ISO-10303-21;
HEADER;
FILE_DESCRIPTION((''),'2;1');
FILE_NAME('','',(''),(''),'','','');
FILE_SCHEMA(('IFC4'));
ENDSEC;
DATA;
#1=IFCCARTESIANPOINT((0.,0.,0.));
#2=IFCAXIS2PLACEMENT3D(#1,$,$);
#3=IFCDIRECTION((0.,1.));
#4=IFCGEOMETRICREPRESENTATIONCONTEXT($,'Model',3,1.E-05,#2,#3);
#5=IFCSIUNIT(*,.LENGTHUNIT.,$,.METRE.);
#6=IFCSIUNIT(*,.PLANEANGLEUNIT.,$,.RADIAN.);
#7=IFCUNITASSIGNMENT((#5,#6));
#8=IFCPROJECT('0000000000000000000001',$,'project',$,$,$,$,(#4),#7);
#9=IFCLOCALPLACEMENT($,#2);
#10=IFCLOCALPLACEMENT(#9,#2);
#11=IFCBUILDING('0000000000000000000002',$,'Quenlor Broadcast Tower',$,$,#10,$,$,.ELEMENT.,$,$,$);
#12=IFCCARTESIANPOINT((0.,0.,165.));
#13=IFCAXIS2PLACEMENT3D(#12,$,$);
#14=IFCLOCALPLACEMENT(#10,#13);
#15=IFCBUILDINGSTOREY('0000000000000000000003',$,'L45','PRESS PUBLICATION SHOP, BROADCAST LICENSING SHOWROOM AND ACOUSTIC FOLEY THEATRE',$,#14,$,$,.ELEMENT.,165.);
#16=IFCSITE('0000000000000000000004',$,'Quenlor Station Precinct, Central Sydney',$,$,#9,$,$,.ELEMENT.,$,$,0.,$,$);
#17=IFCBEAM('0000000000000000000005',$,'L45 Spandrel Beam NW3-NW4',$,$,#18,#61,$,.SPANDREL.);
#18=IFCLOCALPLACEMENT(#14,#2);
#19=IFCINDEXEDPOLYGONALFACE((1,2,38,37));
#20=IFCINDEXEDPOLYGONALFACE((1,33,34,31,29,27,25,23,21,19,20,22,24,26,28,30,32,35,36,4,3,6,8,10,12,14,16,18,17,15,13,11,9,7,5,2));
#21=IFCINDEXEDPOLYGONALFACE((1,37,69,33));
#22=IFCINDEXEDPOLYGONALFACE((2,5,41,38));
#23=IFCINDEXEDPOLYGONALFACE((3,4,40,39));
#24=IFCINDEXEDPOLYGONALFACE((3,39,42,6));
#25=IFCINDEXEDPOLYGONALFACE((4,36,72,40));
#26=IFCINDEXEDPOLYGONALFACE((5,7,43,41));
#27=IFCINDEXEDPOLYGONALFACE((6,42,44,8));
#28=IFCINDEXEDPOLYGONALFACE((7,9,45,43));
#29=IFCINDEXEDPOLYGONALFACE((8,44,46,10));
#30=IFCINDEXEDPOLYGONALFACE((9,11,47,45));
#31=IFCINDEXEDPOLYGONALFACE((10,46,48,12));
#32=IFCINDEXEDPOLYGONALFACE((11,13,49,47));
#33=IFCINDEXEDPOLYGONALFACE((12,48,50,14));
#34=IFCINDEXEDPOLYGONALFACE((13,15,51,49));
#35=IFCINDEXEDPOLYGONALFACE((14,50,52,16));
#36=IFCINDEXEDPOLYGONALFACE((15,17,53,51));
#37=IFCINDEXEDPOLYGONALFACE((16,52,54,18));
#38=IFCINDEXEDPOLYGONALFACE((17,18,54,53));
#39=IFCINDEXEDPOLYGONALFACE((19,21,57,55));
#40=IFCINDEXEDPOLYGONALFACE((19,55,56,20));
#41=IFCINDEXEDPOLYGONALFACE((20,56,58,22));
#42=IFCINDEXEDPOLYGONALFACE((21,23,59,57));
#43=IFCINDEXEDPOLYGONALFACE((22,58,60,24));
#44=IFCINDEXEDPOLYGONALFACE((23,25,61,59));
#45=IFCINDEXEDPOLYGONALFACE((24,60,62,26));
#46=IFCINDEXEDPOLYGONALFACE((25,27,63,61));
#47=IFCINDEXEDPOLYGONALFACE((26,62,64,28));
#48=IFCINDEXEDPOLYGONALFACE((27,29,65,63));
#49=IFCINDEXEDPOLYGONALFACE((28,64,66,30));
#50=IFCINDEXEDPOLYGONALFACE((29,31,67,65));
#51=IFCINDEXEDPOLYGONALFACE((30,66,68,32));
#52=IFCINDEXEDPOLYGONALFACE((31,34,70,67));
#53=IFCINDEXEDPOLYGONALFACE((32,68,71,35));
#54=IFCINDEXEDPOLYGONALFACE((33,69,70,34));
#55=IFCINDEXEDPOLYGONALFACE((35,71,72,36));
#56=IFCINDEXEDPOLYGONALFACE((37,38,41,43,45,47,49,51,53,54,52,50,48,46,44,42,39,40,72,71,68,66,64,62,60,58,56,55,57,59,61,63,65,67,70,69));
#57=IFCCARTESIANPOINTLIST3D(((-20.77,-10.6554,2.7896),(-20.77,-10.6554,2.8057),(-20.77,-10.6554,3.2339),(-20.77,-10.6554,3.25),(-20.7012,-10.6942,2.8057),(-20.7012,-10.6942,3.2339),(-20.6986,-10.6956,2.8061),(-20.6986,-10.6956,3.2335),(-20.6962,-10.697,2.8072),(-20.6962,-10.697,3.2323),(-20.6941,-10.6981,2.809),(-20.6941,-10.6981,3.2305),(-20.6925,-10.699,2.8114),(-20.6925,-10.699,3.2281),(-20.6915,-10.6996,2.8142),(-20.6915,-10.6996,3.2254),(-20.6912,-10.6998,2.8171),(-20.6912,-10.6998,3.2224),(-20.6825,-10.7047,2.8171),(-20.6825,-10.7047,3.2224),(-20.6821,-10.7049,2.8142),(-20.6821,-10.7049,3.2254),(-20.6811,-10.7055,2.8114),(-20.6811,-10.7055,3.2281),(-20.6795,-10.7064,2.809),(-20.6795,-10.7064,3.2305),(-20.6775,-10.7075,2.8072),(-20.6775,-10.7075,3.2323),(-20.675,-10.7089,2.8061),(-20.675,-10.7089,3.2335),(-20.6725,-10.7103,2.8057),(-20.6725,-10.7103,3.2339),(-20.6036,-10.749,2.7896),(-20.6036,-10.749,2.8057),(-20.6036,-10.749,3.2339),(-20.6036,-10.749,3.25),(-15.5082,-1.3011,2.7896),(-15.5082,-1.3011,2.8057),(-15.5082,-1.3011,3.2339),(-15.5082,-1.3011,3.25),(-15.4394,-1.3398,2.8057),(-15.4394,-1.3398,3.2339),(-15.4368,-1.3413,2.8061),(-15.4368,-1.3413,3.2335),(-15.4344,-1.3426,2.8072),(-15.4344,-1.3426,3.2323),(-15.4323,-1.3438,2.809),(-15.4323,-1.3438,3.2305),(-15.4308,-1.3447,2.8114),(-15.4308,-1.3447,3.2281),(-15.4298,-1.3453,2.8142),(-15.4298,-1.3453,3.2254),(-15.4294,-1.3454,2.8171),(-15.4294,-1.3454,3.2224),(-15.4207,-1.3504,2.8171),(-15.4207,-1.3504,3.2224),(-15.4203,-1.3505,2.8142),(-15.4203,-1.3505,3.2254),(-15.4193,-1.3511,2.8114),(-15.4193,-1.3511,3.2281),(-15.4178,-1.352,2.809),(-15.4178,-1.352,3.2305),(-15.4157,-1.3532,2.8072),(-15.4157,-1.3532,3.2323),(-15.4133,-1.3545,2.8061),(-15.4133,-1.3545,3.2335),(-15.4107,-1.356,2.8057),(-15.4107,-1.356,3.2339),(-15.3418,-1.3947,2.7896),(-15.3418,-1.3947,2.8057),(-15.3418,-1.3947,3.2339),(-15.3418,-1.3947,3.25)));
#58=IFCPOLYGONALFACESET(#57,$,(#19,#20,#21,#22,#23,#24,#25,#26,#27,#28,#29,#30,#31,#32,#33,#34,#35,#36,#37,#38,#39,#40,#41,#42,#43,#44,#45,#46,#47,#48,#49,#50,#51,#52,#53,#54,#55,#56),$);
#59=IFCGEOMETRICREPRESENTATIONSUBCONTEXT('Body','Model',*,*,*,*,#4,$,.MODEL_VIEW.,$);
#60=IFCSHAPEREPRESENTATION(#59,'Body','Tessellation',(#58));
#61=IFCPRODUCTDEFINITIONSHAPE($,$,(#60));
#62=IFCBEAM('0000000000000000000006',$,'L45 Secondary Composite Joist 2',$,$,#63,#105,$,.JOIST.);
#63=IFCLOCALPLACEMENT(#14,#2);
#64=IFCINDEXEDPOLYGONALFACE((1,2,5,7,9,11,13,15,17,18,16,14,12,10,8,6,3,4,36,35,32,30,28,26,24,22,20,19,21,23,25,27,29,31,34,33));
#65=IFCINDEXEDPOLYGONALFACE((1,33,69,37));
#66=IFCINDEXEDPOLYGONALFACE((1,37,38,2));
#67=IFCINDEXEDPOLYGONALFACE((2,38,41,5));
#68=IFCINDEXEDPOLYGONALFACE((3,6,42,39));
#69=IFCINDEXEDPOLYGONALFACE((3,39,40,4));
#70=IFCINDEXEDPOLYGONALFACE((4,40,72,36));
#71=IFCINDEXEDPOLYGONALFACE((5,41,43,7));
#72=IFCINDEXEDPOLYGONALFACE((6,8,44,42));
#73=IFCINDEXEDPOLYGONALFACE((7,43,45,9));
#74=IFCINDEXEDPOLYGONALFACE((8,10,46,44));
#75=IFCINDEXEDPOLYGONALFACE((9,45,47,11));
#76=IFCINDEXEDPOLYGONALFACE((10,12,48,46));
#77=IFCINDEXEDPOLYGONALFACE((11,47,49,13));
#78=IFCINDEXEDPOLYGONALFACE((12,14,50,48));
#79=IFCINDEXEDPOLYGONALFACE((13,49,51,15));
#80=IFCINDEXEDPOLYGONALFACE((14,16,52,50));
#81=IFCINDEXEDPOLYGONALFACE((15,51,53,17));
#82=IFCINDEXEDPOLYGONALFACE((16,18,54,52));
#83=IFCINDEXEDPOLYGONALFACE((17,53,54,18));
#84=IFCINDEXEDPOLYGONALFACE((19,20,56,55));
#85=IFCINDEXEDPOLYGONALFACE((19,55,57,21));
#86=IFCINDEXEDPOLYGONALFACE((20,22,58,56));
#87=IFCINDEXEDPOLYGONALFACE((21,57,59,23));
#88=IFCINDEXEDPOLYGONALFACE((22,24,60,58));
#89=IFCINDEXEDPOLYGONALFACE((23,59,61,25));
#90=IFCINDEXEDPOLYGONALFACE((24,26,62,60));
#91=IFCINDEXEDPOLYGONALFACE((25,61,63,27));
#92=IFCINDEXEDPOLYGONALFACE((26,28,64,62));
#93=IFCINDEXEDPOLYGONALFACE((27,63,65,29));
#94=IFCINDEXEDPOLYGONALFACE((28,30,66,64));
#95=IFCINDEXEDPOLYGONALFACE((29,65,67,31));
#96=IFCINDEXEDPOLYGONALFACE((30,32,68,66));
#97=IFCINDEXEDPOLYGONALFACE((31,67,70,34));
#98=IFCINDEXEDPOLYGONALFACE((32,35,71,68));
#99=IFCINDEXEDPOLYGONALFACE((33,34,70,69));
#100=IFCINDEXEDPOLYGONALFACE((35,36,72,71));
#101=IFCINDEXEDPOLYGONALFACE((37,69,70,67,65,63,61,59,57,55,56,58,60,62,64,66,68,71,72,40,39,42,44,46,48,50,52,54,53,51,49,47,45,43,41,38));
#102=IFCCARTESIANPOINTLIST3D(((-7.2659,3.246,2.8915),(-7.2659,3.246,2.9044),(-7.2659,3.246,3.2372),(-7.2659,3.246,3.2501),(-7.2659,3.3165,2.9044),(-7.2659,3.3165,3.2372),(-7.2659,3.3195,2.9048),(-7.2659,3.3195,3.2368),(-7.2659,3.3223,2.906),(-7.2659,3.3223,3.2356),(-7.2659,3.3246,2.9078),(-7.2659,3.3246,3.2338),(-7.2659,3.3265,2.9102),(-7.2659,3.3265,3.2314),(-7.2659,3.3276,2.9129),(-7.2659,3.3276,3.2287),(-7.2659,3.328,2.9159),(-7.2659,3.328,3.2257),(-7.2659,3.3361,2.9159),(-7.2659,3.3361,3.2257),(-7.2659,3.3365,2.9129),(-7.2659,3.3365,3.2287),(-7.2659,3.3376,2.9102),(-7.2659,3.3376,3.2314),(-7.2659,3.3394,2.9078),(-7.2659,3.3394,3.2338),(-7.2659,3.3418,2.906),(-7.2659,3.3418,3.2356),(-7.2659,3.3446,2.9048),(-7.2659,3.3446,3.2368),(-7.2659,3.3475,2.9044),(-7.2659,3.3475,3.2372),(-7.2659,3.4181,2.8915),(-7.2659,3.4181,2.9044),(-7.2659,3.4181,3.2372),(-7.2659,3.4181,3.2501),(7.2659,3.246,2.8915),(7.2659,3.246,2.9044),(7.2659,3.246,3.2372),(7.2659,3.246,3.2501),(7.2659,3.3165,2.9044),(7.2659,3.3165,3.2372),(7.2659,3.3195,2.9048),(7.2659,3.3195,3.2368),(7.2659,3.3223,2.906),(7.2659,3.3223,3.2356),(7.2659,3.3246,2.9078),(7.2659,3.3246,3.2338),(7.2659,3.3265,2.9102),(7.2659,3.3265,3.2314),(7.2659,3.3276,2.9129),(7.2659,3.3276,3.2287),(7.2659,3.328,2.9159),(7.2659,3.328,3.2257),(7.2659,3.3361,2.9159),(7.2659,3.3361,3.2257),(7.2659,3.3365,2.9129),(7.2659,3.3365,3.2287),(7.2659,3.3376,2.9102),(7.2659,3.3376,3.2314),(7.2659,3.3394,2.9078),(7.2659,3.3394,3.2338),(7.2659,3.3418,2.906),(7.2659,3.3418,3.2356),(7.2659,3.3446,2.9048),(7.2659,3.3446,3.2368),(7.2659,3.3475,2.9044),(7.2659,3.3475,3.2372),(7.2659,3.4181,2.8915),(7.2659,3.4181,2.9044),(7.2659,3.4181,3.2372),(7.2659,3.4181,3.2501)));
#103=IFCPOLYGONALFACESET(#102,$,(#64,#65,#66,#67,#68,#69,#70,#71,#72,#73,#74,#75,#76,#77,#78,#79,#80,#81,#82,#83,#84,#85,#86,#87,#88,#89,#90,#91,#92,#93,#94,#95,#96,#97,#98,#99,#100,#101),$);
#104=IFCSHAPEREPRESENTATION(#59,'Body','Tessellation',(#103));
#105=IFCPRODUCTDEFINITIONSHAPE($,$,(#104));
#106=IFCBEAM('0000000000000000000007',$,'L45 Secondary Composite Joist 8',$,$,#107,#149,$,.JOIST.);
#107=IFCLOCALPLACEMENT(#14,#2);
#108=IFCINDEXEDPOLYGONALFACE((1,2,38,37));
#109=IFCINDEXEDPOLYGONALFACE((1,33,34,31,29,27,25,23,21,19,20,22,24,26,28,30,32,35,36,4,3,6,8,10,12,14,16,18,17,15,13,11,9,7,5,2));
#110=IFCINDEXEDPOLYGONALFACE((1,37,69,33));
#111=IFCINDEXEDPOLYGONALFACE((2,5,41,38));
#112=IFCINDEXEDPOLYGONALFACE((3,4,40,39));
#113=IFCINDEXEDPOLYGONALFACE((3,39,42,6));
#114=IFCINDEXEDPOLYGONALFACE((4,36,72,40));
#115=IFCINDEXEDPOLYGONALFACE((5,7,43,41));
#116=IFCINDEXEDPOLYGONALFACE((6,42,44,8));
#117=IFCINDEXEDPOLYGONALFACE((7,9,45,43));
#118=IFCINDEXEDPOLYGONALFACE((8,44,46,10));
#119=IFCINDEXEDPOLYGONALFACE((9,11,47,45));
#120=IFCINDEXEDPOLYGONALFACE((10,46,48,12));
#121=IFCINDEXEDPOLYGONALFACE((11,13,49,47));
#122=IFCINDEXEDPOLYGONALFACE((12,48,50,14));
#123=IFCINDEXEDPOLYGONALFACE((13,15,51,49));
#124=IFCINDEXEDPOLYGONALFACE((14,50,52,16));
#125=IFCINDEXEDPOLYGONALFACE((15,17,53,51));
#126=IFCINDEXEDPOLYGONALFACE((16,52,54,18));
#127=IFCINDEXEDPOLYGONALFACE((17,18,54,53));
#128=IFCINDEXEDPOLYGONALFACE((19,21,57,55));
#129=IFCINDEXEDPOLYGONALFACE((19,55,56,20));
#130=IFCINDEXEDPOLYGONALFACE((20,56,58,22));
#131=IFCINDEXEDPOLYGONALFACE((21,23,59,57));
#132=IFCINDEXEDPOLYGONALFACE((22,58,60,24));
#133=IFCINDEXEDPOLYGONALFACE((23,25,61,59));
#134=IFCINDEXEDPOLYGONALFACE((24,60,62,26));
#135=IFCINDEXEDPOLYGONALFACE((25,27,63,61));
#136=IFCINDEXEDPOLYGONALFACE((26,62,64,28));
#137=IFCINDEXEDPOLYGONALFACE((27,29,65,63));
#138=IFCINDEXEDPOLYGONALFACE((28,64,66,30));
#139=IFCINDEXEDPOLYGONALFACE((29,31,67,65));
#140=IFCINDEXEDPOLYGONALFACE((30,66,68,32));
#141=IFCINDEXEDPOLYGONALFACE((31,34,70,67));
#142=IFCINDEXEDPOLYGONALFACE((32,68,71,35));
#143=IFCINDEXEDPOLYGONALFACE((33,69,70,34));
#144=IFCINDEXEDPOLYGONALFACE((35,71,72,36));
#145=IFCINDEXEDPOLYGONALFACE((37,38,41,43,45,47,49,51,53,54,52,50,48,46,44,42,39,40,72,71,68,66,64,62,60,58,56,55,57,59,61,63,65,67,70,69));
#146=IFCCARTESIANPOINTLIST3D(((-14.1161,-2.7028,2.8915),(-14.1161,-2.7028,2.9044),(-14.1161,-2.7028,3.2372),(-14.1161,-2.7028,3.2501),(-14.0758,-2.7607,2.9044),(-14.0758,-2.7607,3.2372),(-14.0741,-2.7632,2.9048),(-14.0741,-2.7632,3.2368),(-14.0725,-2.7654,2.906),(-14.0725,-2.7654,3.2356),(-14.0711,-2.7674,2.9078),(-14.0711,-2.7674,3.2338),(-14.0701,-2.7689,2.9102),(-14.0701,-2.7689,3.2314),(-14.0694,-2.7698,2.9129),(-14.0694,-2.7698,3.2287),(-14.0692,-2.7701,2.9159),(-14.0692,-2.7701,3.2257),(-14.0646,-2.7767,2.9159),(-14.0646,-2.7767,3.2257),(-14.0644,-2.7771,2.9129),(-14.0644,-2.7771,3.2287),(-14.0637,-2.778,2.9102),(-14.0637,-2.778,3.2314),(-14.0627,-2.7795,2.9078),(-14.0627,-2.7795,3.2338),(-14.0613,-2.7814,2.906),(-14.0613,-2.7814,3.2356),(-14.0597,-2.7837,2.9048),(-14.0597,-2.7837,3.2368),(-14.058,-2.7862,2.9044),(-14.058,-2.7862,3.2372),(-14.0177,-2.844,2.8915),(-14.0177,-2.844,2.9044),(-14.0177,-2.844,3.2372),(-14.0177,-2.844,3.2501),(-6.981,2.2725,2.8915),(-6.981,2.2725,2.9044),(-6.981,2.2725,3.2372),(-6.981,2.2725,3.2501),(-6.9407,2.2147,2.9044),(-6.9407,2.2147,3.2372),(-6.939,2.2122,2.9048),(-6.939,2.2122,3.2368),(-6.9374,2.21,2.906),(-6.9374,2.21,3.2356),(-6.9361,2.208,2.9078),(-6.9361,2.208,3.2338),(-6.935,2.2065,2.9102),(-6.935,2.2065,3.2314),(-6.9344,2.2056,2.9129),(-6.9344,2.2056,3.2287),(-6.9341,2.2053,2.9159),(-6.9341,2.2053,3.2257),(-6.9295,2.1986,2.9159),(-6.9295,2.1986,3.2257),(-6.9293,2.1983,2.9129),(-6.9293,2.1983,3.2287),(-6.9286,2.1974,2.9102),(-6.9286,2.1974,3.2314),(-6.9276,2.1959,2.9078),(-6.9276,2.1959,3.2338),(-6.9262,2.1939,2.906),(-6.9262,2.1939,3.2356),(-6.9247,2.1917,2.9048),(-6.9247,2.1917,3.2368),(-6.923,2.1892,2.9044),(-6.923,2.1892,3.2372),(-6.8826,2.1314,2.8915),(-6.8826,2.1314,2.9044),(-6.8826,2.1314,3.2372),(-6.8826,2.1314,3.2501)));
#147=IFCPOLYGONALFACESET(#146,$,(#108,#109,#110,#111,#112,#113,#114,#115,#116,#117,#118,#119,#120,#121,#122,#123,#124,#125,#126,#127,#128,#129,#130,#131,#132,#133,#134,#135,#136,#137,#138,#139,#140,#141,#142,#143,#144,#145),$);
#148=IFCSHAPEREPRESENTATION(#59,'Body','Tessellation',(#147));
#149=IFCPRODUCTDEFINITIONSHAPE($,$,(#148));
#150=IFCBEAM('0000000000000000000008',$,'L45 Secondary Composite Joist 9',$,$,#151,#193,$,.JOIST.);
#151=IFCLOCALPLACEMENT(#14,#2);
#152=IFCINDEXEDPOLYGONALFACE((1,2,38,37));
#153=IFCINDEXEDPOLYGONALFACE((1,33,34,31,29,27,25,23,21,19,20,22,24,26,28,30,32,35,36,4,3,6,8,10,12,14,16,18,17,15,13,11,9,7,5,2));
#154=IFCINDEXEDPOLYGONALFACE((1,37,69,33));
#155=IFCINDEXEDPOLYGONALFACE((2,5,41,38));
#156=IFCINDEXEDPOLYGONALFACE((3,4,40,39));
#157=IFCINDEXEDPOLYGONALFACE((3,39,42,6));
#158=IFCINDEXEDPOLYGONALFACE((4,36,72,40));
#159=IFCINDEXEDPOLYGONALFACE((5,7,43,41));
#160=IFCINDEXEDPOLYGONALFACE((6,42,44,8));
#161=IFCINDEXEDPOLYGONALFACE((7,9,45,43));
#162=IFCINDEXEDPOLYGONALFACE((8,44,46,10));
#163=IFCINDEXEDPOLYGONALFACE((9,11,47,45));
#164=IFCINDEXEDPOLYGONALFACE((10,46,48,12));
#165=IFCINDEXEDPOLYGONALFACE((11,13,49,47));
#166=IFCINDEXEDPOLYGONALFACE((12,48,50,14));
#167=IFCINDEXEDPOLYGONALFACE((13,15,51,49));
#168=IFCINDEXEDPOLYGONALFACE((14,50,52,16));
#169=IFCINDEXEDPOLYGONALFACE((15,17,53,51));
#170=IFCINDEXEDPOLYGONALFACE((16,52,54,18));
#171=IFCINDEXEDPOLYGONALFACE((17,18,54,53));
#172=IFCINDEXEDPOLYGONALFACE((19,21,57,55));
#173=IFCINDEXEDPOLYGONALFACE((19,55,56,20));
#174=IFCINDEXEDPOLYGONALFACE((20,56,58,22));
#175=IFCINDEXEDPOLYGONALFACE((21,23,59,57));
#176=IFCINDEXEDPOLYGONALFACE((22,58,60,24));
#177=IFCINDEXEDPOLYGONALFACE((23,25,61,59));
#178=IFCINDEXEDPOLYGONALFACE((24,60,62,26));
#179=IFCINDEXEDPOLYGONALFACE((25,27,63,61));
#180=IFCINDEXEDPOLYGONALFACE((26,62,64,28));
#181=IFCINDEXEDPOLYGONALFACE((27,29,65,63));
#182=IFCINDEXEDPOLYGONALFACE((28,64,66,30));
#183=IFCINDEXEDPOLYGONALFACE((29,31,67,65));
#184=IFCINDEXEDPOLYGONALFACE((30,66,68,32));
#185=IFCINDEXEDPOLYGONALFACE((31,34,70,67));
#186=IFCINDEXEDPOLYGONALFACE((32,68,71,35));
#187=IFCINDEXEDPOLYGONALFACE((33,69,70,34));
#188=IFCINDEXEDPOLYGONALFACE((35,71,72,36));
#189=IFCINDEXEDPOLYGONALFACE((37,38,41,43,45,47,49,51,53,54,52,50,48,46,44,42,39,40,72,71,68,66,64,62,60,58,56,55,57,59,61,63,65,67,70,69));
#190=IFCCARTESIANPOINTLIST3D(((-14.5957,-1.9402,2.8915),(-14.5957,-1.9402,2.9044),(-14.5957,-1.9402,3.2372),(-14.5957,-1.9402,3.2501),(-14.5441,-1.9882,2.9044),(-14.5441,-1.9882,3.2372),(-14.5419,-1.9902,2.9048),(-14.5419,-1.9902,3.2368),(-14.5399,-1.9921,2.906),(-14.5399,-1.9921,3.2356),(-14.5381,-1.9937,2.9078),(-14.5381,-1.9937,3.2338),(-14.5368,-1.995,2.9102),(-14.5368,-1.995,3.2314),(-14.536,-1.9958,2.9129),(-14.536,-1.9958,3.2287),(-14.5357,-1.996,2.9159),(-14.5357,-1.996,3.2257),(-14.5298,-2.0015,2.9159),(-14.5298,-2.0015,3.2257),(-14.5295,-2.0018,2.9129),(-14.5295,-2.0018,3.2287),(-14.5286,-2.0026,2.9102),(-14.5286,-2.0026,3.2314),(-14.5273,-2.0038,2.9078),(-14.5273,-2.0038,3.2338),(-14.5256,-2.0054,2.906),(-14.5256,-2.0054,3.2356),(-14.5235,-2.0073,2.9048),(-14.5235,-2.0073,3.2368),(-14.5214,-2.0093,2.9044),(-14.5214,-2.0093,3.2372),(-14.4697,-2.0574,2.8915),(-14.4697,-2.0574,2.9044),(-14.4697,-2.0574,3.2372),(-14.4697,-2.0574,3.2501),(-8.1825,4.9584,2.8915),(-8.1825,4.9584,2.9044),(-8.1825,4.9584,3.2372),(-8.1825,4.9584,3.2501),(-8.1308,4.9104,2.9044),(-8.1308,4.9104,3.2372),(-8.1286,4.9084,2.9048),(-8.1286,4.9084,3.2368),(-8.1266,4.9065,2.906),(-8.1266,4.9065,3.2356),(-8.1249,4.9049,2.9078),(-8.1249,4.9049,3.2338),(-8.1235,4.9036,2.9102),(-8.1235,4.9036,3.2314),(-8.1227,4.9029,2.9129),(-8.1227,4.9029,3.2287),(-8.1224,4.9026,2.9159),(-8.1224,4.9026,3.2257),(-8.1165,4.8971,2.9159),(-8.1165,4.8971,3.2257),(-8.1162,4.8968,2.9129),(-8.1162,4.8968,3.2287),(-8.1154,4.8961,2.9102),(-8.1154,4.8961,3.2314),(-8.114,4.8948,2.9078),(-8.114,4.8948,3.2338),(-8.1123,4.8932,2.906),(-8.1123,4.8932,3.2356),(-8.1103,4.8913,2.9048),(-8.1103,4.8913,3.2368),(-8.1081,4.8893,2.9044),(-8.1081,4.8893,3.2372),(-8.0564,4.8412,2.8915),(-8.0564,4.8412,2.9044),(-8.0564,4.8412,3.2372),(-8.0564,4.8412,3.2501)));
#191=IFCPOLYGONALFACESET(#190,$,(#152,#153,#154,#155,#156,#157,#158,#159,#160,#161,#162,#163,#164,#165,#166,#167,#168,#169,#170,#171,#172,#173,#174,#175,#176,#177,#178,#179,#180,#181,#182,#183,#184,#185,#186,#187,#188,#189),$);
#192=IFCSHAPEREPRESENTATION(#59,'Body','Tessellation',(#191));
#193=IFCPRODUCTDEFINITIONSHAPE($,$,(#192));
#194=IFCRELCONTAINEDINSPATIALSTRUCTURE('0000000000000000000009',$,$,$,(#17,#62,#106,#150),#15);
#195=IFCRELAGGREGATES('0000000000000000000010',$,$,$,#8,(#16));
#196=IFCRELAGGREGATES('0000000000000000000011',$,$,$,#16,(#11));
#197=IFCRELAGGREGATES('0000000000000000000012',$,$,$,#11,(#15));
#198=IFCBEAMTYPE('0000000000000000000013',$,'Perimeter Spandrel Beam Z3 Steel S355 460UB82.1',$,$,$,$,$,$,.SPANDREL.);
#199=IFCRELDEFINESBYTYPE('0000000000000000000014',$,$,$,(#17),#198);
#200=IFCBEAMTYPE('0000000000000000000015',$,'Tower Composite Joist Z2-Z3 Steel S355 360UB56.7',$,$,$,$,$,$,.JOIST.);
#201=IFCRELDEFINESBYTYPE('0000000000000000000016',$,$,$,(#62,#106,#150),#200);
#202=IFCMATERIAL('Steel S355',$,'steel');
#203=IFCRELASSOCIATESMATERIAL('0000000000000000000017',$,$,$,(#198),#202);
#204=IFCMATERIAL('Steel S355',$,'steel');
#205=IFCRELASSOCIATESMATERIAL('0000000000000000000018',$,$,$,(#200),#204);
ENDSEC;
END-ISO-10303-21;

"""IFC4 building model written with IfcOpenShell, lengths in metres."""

from ifc_helpers import new_model, si_unit, direction, frame, origin, origin_2d, place, context, subcontext, project, spatial, i_section, extrude, material, material_profile, profile_set, type_object, element, save


model = new_model("IFC4")

# Units and contexts
model_context = context("Model", 3, precision=1e-05, world=origin(), true_north=direction((0.0, 1.0)))
body_context = subcontext(model_context, "Body", "Model", "MODEL_VIEW")
ifc_project = project(units=[si_unit("LENGTHUNIT", "METRE"), si_unit("PLANEANGLEUNIT", "RADIAN")], contexts=[model_context])

# Site, building, storey
site_placement = place(None, origin())
site = spatial("IfcSite", under=ifc_project, at=site_placement, Name="Quenlor Station Precinct, Central Sydney", CompositionType="ELEMENT", RefElevation=0.0)
building_placement = place(site_placement, origin())
building = spatial("IfcBuilding", under=site, at=building_placement, Name="Quenlor Broadcast Tower", CompositionType="ELEMENT")
storey_placement = place(building_placement, frame((0.0, 0.0, 165.0)))
storey = spatial("IfcBuildingStorey", under=building, at=storey_placement, Name="L45", Description="PRESS PUBLICATION SHOP, BROADCAST LICENSING SHOWROOM AND ACOUSTIC FOLEY THEATRE", CompositionType="ELEMENT", Elevation=165.0)

# Beams
ifc_material_1 = material(Name="Steel S355", Category="steel")
ifc_material_profile_1 = material_profile(ifc_material_1, i_section(OverallWidth=0.1909, OverallDepth=0.4604, WebThickness=0.01, FlangeThickness=0.0161, FilletRadius=0.0115, at=origin_2d()))
ifc_profile_set_1 = profile_set([ifc_material_profile_1], Name="Steel S355 460UB82.1")
beam_type_1 = type_object("IfcBeamType", Name="Perimeter Spandrel Beam Z3 Steel S355 460UB82.1", PredefinedType="SPANDREL", material=ifc_profile_set_1)
beam_1_placement = place(storey_placement, frame((-15.425, -1.3479, 3.0198), z_axis=(-0.490258, -0.871577, 0.0), x_axis=(0.871577, -0.490258, 0.0)))
element("IfcBeam", 1, at=beam_1_placement, inside=storey, type_object=beam_type_1, Name="L45 Spandrel Beam NW3-NW4", PredefinedType="SPANDREL", context=body_context, shape_type="SweptSolid", body=[
    extrude(i_section(OverallWidth=0.1909, OverallDepth=0.4604, WebThickness=0.01, FlangeThickness=0.0161, FilletRadius=0.0115, at=origin_2d()), origin(), (0.0, 0.0, 1.0), 10.7327),
])
ifc_material_2 = material(Name="Steel S355", Category="steel")
ifc_material_profile_2 = material_profile(ifc_material_2, i_section(OverallWidth=0.1721, OverallDepth=0.3586, WebThickness=0.0081, FlangeThickness=0.0129, FilletRadius=0.0115, at=origin_2d()))
ifc_profile_set_2 = profile_set([ifc_material_profile_2], Name="Steel S355 360UB56.7")
beam_type_2 = type_object("IfcBeamType", Name="Tower Composite Joist Z2-Z3 Steel S355 360UB56.7", PredefinedType="JOIST", material=ifc_profile_set_2)
beam_2_placement = place(storey_placement, frame((-7.2659, 3.332, 3.0708), z_axis=(1.0, 0.0, 0.0), x_axis=(0.0, 1.0, 0.0)))
element("IfcBeam", 2, at=beam_2_placement, inside=storey, type_object=beam_type_2, Name="L45 Secondary Composite Joist 2", PredefinedType="JOIST", context=body_context, shape_type="SweptSolid", body=[
    extrude(i_section(OverallWidth=0.1721, OverallDepth=0.3586, WebThickness=0.0081, FlangeThickness=0.0129, FilletRadius=0.0115, at=origin_2d()), origin(), (0.0, 0.0, 1.0), 14.5317),
])
beam_3_placement = place(storey_placement, frame((-14.0669, -2.7734, 3.0708), z_axis=(0.820266, 0.571983, 0.0), x_axis=(-0.571983, 0.820266, 0.0)))
element("IfcBeam", 3, at=beam_3_placement, inside=storey, type_object=beam_type_2, Name="L45 Secondary Composite Joist 8", PredefinedType="JOIST", context=body_context, shape_type="SweptSolid", body=[
    extrude(i_section(OverallWidth=0.1721, OverallDepth=0.3586, WebThickness=0.0081, FlangeThickness=0.0129, FilletRadius=0.0115, at=origin_2d()), origin(), (0.0, 0.0, 1.0), 8.6985),
])
beam_4_placement = place(storey_placement, frame((-14.5327, -1.9988, 3.0708), z_axis=(0.680874, 0.732401, 0.0), x_axis=(-0.732401, 0.680874, 0.0)))
element("IfcBeam", 4, at=beam_4_placement, inside=storey, type_object=beam_type_2, Name="L45 Secondary Composite Joist 9", PredefinedType="JOIST", context=body_context, shape_type="SweptSolid", body=[
    extrude(i_section(OverallWidth=0.1721, OverallDepth=0.3586, WebThickness=0.0081, FlangeThickness=0.0129, FilletRadius=0.0115, at=origin_2d()), origin(), (0.0, 0.0, 1.0), 9.4192),
])

save(model, "model.ifc")
